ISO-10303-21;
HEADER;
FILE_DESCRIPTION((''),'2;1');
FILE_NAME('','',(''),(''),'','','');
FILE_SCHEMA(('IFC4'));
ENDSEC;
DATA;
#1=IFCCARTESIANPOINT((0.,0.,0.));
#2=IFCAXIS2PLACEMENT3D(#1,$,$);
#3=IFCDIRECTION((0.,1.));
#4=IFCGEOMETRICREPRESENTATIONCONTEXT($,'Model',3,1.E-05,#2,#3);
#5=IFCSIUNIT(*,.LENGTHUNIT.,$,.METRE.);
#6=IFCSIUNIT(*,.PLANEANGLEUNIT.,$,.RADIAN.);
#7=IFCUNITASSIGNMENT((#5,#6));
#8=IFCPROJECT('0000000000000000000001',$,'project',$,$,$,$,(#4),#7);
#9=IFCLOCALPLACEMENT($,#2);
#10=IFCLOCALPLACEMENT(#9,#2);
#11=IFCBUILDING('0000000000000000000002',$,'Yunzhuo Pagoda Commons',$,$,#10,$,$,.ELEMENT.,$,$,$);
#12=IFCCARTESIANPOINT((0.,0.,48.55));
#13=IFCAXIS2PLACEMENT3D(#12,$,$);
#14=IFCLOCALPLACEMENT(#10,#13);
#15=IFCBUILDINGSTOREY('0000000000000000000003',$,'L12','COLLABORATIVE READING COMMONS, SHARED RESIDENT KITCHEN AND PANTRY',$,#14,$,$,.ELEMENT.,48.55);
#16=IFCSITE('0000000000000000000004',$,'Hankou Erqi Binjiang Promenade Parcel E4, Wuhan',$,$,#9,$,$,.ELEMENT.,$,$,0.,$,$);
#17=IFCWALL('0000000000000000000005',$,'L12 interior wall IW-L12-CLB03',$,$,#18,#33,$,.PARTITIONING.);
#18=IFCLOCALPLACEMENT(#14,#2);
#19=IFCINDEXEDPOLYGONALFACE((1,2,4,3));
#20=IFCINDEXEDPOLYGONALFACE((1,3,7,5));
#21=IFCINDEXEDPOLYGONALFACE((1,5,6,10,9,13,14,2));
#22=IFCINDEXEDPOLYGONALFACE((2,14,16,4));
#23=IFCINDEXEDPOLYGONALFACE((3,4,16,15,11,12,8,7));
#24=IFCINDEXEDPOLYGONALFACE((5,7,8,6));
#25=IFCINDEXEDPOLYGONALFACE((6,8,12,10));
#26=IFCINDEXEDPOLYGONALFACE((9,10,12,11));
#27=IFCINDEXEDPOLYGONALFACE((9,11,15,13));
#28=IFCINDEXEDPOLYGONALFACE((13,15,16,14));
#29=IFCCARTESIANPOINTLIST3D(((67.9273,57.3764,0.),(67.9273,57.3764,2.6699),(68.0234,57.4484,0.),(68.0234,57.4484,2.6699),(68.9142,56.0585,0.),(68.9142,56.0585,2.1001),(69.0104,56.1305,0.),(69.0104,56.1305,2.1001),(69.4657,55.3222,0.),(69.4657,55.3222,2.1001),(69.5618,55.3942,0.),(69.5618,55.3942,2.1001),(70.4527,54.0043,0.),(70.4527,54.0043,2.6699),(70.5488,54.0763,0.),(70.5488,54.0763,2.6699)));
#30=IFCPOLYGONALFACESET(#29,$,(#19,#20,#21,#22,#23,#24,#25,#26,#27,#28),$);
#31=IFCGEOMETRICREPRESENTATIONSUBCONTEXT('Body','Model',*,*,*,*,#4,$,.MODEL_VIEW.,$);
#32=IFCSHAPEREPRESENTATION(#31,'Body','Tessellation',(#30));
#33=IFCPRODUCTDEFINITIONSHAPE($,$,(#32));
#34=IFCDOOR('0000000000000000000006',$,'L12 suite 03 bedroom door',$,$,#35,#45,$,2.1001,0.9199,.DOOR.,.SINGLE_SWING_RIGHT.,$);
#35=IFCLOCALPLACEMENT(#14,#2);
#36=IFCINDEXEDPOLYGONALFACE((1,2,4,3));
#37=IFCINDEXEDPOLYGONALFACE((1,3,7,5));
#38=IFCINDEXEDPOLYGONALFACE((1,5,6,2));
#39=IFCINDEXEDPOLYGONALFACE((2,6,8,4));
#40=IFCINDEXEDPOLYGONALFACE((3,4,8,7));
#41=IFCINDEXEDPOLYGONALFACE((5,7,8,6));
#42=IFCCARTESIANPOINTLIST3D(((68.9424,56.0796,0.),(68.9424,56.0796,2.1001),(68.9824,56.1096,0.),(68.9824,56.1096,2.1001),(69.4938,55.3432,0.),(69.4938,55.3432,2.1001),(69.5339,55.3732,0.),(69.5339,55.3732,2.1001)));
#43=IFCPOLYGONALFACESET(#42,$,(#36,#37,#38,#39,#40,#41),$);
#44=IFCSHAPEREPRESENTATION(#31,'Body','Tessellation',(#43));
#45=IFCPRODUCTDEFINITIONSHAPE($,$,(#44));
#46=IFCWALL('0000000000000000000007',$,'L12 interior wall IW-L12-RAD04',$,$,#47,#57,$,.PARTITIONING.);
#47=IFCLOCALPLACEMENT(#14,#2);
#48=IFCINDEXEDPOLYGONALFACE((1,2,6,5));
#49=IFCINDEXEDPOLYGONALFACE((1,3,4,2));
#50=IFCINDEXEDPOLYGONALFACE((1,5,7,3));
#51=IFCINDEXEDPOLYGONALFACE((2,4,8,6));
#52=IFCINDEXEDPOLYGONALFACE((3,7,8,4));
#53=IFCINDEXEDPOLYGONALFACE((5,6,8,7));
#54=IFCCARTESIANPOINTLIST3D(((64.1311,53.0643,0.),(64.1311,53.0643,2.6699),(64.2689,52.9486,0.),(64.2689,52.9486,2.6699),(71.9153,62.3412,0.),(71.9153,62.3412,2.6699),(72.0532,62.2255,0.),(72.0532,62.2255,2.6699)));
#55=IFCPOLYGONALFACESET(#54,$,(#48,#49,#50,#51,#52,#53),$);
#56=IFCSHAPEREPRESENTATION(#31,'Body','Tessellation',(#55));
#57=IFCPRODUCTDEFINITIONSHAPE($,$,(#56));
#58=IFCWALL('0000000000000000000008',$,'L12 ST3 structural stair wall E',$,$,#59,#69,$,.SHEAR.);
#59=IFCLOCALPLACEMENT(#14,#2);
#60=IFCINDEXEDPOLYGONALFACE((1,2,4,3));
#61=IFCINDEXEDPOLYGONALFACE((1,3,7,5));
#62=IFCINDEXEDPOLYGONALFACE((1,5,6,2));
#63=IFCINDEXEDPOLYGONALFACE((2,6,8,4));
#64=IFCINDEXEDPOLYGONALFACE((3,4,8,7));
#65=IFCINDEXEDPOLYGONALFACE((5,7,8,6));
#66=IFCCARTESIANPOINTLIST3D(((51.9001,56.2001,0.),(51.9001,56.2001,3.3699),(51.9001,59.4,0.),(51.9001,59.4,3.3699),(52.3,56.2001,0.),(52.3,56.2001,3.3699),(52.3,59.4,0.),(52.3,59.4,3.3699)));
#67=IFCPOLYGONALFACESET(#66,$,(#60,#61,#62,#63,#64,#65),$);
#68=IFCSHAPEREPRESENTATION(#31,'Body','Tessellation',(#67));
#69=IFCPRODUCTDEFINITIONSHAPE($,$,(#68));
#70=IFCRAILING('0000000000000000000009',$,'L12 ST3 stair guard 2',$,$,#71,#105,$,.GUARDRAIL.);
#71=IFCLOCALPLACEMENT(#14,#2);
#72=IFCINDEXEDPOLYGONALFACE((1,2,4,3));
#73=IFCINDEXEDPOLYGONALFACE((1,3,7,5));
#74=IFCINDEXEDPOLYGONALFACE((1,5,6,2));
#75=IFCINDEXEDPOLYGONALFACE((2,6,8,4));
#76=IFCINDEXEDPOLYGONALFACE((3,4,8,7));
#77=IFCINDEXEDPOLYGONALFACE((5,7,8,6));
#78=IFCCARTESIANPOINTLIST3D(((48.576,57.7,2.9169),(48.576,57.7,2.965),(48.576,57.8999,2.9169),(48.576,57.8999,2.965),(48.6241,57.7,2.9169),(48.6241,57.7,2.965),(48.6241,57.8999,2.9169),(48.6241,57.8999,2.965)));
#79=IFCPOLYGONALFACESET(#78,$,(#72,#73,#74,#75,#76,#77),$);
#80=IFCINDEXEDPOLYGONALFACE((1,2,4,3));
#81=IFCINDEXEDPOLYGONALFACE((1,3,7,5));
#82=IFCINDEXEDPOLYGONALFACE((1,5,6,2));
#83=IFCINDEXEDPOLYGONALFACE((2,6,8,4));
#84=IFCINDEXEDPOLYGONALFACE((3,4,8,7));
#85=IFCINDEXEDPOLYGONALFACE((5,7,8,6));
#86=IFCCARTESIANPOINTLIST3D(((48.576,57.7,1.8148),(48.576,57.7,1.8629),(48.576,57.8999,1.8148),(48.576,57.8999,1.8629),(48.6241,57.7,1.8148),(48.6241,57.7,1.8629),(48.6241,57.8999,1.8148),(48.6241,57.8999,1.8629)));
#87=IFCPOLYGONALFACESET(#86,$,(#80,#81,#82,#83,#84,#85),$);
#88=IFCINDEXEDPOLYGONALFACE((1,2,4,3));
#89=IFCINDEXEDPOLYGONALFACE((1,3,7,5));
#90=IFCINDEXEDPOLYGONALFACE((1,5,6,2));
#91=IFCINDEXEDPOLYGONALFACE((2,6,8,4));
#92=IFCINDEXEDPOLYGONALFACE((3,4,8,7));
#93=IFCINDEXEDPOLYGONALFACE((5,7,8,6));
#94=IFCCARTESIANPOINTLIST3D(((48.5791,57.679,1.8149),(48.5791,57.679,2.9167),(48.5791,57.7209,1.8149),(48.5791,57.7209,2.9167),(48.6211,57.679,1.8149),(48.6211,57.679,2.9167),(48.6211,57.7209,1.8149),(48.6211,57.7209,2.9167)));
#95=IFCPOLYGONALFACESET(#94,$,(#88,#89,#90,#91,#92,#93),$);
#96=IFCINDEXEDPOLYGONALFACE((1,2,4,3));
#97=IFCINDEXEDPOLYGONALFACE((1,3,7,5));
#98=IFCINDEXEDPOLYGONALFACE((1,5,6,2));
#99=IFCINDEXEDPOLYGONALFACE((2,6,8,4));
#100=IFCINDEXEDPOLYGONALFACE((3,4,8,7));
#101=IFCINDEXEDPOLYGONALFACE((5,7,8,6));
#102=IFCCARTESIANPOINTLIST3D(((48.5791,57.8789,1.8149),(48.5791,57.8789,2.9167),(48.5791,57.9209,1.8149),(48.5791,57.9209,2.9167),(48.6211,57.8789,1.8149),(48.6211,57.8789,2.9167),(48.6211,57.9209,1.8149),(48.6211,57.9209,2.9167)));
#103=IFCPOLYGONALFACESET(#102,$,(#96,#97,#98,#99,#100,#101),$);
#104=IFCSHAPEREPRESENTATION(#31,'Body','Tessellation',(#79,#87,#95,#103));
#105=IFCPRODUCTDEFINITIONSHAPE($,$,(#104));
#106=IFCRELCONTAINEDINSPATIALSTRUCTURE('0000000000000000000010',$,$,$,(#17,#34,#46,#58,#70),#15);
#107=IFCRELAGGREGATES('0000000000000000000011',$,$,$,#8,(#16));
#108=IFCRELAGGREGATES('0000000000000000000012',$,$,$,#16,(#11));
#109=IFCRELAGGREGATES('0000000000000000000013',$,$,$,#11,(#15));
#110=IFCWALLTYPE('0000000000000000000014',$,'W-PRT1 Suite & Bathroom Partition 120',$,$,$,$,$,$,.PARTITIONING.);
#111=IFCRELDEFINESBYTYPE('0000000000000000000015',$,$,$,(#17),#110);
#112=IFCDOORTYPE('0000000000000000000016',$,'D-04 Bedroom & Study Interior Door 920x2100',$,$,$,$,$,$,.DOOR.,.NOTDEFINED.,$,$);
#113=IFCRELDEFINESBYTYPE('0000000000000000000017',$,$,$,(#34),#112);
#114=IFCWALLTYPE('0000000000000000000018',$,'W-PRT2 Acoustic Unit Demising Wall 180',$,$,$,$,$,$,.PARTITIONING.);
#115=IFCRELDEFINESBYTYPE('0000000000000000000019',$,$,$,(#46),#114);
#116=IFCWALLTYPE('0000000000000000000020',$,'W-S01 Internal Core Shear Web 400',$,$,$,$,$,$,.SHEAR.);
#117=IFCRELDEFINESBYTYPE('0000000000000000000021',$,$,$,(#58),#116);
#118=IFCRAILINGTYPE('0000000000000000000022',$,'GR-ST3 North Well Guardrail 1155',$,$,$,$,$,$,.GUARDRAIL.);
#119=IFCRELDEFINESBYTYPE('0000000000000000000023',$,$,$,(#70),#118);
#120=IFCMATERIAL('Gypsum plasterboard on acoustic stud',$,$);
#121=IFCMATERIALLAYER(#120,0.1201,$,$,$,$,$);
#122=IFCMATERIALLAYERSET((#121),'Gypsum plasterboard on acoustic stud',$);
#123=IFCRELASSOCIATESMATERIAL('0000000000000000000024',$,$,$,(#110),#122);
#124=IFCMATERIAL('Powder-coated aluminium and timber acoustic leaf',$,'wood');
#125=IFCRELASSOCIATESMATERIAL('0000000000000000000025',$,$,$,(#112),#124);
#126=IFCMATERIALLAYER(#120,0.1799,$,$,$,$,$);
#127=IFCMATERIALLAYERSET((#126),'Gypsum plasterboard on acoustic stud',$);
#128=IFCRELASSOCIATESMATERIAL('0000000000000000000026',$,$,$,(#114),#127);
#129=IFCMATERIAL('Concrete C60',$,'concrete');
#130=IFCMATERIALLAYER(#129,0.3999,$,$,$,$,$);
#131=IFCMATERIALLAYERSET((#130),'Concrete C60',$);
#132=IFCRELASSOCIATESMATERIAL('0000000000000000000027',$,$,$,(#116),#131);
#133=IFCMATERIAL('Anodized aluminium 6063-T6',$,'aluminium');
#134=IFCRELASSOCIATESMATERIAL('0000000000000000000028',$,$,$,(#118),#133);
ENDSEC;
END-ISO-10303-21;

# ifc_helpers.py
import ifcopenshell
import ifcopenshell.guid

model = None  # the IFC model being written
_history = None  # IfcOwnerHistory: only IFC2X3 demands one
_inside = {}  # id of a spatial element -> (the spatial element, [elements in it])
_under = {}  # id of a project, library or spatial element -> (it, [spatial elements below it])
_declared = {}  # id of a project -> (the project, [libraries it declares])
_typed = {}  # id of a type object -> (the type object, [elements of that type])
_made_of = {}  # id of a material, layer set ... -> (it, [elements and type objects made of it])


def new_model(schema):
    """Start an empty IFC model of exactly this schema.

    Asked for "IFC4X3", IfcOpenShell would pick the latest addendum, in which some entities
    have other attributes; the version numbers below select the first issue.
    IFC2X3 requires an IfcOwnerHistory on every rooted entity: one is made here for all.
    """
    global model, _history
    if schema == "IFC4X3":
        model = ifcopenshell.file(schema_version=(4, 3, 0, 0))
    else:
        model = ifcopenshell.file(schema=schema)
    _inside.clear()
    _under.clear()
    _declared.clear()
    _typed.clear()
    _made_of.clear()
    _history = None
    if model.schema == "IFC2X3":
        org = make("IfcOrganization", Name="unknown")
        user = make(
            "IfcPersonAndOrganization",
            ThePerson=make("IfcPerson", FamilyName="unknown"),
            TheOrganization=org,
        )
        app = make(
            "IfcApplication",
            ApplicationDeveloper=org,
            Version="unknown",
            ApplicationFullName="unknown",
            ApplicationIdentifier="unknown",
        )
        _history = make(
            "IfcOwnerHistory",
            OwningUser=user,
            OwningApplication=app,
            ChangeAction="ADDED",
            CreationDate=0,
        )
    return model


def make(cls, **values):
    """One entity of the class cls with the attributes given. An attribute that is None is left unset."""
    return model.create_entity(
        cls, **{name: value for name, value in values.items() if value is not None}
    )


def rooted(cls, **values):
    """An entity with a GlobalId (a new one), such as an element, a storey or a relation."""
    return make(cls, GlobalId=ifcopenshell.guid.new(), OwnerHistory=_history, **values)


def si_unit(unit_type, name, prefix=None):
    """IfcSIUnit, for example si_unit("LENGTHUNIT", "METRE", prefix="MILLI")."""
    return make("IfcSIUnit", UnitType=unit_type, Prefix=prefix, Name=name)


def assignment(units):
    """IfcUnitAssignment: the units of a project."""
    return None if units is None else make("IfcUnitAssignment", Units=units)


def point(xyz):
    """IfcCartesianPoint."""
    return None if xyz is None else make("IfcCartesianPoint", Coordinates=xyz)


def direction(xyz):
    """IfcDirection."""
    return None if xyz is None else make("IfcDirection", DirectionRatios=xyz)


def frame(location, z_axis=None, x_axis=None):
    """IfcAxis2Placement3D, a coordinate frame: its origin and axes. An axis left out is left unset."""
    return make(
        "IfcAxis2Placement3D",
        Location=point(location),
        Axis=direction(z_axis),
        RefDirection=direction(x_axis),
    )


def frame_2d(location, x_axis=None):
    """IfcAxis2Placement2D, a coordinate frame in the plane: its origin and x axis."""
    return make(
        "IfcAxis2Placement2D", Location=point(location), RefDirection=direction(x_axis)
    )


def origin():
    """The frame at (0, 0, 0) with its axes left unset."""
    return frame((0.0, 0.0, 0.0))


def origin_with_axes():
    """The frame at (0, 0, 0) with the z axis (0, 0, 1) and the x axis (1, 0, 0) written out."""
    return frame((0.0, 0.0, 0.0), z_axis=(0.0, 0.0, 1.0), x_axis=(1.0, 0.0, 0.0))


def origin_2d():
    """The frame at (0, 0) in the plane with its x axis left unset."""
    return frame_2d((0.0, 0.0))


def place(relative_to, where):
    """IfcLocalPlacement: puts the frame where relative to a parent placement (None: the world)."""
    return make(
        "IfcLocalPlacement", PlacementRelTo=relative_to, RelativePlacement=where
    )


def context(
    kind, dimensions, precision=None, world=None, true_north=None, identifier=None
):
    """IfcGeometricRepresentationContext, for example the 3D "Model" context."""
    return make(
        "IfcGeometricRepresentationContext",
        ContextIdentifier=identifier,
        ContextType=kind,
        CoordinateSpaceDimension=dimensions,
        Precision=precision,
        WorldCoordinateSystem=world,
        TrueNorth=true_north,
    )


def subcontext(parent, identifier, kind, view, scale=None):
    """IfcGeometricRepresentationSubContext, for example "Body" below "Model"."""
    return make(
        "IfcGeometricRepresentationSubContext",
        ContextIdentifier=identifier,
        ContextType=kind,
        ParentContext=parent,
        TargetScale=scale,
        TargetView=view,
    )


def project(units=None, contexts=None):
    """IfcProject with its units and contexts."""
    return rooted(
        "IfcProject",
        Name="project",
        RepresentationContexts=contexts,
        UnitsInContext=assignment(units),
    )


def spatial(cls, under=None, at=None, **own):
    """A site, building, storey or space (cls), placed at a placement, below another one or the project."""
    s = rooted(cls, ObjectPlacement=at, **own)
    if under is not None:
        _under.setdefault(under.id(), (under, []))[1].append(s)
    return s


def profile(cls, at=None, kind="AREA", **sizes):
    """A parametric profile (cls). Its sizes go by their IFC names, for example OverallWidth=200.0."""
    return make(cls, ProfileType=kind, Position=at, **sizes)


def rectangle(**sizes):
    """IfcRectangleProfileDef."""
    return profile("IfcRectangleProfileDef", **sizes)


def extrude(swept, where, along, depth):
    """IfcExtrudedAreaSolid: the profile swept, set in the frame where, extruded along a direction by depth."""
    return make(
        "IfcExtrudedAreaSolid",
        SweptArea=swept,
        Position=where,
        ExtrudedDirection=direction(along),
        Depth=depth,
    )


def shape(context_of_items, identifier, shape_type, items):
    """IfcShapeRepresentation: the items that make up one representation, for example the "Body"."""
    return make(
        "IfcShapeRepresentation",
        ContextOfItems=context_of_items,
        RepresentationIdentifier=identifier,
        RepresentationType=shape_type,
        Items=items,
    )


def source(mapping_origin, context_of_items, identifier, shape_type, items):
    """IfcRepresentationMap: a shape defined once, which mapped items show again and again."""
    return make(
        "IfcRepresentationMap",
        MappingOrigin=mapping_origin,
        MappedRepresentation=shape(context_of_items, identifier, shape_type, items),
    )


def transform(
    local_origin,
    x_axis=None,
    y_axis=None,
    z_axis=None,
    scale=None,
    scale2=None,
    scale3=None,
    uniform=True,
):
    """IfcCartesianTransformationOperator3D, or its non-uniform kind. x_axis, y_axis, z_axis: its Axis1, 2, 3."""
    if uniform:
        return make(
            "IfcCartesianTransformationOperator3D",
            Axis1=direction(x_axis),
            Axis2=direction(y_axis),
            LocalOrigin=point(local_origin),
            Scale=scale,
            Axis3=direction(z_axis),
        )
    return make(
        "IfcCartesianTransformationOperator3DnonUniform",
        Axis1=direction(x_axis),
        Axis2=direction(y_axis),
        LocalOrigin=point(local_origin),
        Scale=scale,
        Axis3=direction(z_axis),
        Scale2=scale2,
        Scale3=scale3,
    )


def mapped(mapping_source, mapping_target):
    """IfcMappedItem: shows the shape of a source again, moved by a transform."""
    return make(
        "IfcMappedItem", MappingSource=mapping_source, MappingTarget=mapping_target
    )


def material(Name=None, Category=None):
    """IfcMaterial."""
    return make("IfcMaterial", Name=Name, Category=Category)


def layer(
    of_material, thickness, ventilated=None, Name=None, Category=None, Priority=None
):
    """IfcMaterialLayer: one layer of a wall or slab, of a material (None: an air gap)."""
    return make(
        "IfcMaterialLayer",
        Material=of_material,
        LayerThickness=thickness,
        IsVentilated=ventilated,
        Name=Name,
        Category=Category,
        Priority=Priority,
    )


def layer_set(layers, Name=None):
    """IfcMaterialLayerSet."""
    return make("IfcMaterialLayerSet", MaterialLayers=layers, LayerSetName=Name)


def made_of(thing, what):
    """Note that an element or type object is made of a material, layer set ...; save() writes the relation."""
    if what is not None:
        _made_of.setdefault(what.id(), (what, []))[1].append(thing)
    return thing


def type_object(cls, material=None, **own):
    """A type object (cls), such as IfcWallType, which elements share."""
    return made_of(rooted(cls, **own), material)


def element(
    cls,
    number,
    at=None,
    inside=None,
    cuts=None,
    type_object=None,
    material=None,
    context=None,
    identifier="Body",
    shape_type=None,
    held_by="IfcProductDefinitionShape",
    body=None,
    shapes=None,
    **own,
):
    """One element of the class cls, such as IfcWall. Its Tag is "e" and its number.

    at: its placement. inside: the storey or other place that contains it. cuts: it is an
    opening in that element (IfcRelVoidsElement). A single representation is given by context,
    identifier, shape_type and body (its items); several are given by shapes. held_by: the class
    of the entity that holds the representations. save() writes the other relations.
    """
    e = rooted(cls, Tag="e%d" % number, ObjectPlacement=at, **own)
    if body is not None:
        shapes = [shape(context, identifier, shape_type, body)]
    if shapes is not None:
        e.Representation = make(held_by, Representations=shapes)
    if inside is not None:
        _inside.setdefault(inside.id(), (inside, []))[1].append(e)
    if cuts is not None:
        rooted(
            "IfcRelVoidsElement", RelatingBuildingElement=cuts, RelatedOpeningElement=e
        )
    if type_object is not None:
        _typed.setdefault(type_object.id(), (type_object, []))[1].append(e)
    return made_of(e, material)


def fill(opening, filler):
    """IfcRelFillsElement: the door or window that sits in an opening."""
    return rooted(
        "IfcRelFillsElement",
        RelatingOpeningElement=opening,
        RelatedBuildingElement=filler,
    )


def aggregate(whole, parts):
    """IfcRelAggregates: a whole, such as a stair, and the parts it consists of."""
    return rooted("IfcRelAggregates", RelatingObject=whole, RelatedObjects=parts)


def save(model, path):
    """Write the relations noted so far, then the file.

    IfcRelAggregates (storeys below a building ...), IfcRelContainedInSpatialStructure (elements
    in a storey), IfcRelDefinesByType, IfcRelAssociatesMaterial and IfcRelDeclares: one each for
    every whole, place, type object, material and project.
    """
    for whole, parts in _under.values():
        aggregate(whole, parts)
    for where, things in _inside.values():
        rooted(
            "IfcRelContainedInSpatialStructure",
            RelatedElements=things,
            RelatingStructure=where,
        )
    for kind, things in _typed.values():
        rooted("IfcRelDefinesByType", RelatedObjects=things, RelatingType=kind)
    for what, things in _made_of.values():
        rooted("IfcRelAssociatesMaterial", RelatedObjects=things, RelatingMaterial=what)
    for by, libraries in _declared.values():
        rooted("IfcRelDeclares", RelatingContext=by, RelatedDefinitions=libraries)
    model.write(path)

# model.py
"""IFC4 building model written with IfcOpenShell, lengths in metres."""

from ifc_helpers import new_model, si_unit, direction, frame, frame_2d, origin, origin_with_axes, origin_2d, place, context, subcontext, project, spatial, rectangle, extrude, source, transform, mapped, material, layer, layer_set, type_object, element, fill, save


model = new_model("IFC4")

# Units and contexts
model_context = context("Model", 3, precision=1e-05, world=origin(), true_north=direction((0.0, 1.0)))
body_context = subcontext(model_context, "Body", "Model", "MODEL_VIEW")
ifc_project = project(units=[si_unit("LENGTHUNIT", "METRE"), si_unit("PLANEANGLEUNIT", "RADIAN")], contexts=[model_context])

# Site, building, storey
site_placement = place(None, origin())
site = spatial("IfcSite", under=ifc_project, at=site_placement, Name="Hankou Erqi Binjiang Promenade Parcel E4, Wuhan", CompositionType="ELEMENT", RefElevation=0.0)
building_placement = place(site_placement, origin())
building = spatial("IfcBuilding", under=site, at=building_placement, Name="Yunzhuo Pagoda Commons", CompositionType="ELEMENT")
storey_placement = place(building_placement, frame((0.0, 0.0, 48.55)))
storey = spatial("IfcBuildingStorey", under=building, at=storey_placement, Name="L12", Description="COLLABORATIVE READING COMMONS, SHARED RESIDENT KITCHEN AND PANTRY", CompositionType="ELEMENT", Elevation=48.55)

# Shared definitions
ifc_material_1 = material(Name="Anodized aluminium 6063-T6", Category="aluminium")

# Shared definitions
ifc_material_2 = material(Name="Gypsum plasterboard on acoustic stud")

# Shared definitions
ifc_layer_1 = layer(ifc_material_2, 0.1201)
ifc_layer_set_1 = layer_set([ifc_layer_1], Name="Gypsum plasterboard on acoustic stud")
wall_type_1 = type_object("IfcWallType", Name="W-PRT1 Suite & Bathroom Partition 120", PredefinedType="PARTITIONING", material=ifc_layer_set_1)

# Shared definitions
ifc_material_3 = material(Name="Powder-coated aluminium and timber acoustic leaf", Category="wood")

# Wall, opening, door
wall_1_placement = place(storey_placement, frame((70.5007, 54.0403, 0.0), z_axis=(0.0, 0.0, 1.0), x_axis=(-0.599444, 0.800417, 0.0)))
wall_1 = element("IfcWall", 1, at=wall_1_placement, inside=storey, type_object=wall_type_1, Name="L12 interior wall IW-L12-CLB03", PredefinedType="PARTITIONING", context=body_context, shape_type="SweptSolid", body=[
    extrude(rectangle(XDim=4.2129, YDim=0.1201, at=frame_2d((2.1064, 0.0))), origin(), (0.0, 0.0, 1.0), 2.6699),
])
opening_1_placement = place(wall_1_placement, frame((1.6465, 0.0, 0.0)))
opening_1 = element("IfcOpeningElement", 2, at=opening_1_placement, cuts=wall_1, PredefinedType="OPENING", context=body_context, shape_type="SweptSolid", body=[
    extrude(rectangle(XDim=0.9199, YDim=2.1001, at=frame_2d((0.46, 1.05))), frame((0.0, 0.0701, 0.0), z_axis=(0.0, -1.0, 0.0), x_axis=(1.0, 0.0, 0.0)), (0.0, 0.0, 1.0), 0.1401),
])
door_type_1 = type_object("IfcDoorType", Name="D-04 Bedroom & Study Interior Door 920x2100", OperationType="NOTDEFINED", PredefinedType="DOOR", material=ifc_material_3)
shared_shape_1 = source(origin(), body_context, "Body", "SweptSolid", [
    extrude(rectangle(XDim=0.9199, YDim=2.1001, at=frame_2d((0.46, 1.05))), frame((0.0, 0.0249, 0.0), z_axis=(0.0, -1.0, 0.0), x_axis=(1.0, 0.0, 0.0)), (0.0, 0.0, 1.0), 0.05),
])
door_1_placement = place(opening_1_placement, origin_with_axes())
door_1 = element("IfcDoor", 3, at=door_1_placement, inside=storey, type_object=door_type_1, Name="L12 suite 03 bedroom door", OperationType="SINGLE_SWING_RIGHT", OverallHeight=2.1001, OverallWidth=0.9199, PredefinedType="DOOR", context=body_context, shape_type="MappedRepresentation", body=[
    mapped(shared_shape_1, transform((0.0, 0.0, 0.0), scale=1.0)),
])
fill(opening_1, door_1)

# Walls
ifc_layer_2 = layer(ifc_material_2, 0.1799)
ifc_layer_set_2 = layer_set([ifc_layer_2], Name="Gypsum plasterboard on acoustic stud")
wall_type_2 = type_object("IfcWallType", Name="W-PRT2 Acoustic Unit Demising Wall 180", PredefinedType="PARTITIONING", material=ifc_layer_set_2)
wall_2_placement = place(storey_placement, frame((64.2, 53.0063, 0.0), z_axis=(0.0, 0.0, 1.0), x_axis=(0.642786, 0.766046, 0.0)))
element("IfcWall", 4, at=wall_2_placement, inside=storey, type_object=wall_type_2, Name="L12 interior wall IW-L12-RAD04", PredefinedType="PARTITIONING", context=body_context, shape_type="SweptSolid", body=[
    extrude(rectangle(XDim=12.1101, YDim=0.1799, at=frame_2d((6.0552, 0.0))), origin(), (0.0, 0.0, 1.0), 2.6699),
])
ifc_material_4 = material(Name="Concrete C60", Category="concrete")
ifc_layer_3 = layer(ifc_material_4, 0.3999)
ifc_layer_set_3 = layer_set([ifc_layer_3], Name="Concrete C60")
wall_type_3 = type_object("IfcWallType", Name="W-S01 Internal Core Shear Web 400", PredefinedType="SHEAR", material=ifc_layer_set_3)
wall_3_placement = place(storey_placement, frame((52.1001, 56.2, 0.0), z_axis=(0.0, 0.0, 1.0), x_axis=(0.0, 1.0, 0.0)))
element("IfcWall", 5, at=wall_3_placement, inside=storey, type_object=wall_type_3, Name="L12 ST3 structural stair wall E", PredefinedType="SHEAR", context=body_context, shape_type="SweptSolid", body=[
    extrude(rectangle(XDim=3.2, YDim=0.3999, at=frame_2d((1.6001, 0.0))), origin(), (0.0, 0.0, 1.0), 3.3699),
])

# Railing
railing_type = type_object("IfcRailingType", Name="GR-ST3 North Well Guardrail 1155", PredefinedType="GUARDRAIL", material=ifc_material_1)
railing_placement = place(storey_placement, frame((48.6001, 57.7, 1.8149)))
element("IfcRailing", 6, at=railing_placement, inside=storey, type_object=railing_type, Name="L12 ST3 stair guard 2", PredefinedType="GUARDRAIL", context=body_context, shape_type="SweptSolid", body=[
    extrude(rectangle(XDim=0.0481, YDim=0.0481, at=origin_2d()), frame((0.0, 0.0, 1.126), z_axis=(0.0, 1.0, 0.0), x_axis=(-1.0, 0.0, 0.0)), (0.0, 0.0, 1.0), 0.2),
    extrude(rectangle(XDim=0.0481, YDim=0.0481, at=origin_2d()), frame((0.0, 0.0, 0.0239), z_axis=(0.0, 1.0, 0.0), x_axis=(-1.0, 0.0, 0.0)), (0.0, 0.0, 1.0), 0.2),
    extrude(rectangle(XDim=0.042, YDim=0.042, at=origin_2d()), origin(), (0.0, 0.0, 1.0), 1.1018),
    extrude(rectangle(XDim=0.042, YDim=0.042, at=origin_2d()), frame((0.0, 0.2, 0.0)), (0.0, 0.0, 1.0), 1.1018),
])

save(model, "model.ifc")
